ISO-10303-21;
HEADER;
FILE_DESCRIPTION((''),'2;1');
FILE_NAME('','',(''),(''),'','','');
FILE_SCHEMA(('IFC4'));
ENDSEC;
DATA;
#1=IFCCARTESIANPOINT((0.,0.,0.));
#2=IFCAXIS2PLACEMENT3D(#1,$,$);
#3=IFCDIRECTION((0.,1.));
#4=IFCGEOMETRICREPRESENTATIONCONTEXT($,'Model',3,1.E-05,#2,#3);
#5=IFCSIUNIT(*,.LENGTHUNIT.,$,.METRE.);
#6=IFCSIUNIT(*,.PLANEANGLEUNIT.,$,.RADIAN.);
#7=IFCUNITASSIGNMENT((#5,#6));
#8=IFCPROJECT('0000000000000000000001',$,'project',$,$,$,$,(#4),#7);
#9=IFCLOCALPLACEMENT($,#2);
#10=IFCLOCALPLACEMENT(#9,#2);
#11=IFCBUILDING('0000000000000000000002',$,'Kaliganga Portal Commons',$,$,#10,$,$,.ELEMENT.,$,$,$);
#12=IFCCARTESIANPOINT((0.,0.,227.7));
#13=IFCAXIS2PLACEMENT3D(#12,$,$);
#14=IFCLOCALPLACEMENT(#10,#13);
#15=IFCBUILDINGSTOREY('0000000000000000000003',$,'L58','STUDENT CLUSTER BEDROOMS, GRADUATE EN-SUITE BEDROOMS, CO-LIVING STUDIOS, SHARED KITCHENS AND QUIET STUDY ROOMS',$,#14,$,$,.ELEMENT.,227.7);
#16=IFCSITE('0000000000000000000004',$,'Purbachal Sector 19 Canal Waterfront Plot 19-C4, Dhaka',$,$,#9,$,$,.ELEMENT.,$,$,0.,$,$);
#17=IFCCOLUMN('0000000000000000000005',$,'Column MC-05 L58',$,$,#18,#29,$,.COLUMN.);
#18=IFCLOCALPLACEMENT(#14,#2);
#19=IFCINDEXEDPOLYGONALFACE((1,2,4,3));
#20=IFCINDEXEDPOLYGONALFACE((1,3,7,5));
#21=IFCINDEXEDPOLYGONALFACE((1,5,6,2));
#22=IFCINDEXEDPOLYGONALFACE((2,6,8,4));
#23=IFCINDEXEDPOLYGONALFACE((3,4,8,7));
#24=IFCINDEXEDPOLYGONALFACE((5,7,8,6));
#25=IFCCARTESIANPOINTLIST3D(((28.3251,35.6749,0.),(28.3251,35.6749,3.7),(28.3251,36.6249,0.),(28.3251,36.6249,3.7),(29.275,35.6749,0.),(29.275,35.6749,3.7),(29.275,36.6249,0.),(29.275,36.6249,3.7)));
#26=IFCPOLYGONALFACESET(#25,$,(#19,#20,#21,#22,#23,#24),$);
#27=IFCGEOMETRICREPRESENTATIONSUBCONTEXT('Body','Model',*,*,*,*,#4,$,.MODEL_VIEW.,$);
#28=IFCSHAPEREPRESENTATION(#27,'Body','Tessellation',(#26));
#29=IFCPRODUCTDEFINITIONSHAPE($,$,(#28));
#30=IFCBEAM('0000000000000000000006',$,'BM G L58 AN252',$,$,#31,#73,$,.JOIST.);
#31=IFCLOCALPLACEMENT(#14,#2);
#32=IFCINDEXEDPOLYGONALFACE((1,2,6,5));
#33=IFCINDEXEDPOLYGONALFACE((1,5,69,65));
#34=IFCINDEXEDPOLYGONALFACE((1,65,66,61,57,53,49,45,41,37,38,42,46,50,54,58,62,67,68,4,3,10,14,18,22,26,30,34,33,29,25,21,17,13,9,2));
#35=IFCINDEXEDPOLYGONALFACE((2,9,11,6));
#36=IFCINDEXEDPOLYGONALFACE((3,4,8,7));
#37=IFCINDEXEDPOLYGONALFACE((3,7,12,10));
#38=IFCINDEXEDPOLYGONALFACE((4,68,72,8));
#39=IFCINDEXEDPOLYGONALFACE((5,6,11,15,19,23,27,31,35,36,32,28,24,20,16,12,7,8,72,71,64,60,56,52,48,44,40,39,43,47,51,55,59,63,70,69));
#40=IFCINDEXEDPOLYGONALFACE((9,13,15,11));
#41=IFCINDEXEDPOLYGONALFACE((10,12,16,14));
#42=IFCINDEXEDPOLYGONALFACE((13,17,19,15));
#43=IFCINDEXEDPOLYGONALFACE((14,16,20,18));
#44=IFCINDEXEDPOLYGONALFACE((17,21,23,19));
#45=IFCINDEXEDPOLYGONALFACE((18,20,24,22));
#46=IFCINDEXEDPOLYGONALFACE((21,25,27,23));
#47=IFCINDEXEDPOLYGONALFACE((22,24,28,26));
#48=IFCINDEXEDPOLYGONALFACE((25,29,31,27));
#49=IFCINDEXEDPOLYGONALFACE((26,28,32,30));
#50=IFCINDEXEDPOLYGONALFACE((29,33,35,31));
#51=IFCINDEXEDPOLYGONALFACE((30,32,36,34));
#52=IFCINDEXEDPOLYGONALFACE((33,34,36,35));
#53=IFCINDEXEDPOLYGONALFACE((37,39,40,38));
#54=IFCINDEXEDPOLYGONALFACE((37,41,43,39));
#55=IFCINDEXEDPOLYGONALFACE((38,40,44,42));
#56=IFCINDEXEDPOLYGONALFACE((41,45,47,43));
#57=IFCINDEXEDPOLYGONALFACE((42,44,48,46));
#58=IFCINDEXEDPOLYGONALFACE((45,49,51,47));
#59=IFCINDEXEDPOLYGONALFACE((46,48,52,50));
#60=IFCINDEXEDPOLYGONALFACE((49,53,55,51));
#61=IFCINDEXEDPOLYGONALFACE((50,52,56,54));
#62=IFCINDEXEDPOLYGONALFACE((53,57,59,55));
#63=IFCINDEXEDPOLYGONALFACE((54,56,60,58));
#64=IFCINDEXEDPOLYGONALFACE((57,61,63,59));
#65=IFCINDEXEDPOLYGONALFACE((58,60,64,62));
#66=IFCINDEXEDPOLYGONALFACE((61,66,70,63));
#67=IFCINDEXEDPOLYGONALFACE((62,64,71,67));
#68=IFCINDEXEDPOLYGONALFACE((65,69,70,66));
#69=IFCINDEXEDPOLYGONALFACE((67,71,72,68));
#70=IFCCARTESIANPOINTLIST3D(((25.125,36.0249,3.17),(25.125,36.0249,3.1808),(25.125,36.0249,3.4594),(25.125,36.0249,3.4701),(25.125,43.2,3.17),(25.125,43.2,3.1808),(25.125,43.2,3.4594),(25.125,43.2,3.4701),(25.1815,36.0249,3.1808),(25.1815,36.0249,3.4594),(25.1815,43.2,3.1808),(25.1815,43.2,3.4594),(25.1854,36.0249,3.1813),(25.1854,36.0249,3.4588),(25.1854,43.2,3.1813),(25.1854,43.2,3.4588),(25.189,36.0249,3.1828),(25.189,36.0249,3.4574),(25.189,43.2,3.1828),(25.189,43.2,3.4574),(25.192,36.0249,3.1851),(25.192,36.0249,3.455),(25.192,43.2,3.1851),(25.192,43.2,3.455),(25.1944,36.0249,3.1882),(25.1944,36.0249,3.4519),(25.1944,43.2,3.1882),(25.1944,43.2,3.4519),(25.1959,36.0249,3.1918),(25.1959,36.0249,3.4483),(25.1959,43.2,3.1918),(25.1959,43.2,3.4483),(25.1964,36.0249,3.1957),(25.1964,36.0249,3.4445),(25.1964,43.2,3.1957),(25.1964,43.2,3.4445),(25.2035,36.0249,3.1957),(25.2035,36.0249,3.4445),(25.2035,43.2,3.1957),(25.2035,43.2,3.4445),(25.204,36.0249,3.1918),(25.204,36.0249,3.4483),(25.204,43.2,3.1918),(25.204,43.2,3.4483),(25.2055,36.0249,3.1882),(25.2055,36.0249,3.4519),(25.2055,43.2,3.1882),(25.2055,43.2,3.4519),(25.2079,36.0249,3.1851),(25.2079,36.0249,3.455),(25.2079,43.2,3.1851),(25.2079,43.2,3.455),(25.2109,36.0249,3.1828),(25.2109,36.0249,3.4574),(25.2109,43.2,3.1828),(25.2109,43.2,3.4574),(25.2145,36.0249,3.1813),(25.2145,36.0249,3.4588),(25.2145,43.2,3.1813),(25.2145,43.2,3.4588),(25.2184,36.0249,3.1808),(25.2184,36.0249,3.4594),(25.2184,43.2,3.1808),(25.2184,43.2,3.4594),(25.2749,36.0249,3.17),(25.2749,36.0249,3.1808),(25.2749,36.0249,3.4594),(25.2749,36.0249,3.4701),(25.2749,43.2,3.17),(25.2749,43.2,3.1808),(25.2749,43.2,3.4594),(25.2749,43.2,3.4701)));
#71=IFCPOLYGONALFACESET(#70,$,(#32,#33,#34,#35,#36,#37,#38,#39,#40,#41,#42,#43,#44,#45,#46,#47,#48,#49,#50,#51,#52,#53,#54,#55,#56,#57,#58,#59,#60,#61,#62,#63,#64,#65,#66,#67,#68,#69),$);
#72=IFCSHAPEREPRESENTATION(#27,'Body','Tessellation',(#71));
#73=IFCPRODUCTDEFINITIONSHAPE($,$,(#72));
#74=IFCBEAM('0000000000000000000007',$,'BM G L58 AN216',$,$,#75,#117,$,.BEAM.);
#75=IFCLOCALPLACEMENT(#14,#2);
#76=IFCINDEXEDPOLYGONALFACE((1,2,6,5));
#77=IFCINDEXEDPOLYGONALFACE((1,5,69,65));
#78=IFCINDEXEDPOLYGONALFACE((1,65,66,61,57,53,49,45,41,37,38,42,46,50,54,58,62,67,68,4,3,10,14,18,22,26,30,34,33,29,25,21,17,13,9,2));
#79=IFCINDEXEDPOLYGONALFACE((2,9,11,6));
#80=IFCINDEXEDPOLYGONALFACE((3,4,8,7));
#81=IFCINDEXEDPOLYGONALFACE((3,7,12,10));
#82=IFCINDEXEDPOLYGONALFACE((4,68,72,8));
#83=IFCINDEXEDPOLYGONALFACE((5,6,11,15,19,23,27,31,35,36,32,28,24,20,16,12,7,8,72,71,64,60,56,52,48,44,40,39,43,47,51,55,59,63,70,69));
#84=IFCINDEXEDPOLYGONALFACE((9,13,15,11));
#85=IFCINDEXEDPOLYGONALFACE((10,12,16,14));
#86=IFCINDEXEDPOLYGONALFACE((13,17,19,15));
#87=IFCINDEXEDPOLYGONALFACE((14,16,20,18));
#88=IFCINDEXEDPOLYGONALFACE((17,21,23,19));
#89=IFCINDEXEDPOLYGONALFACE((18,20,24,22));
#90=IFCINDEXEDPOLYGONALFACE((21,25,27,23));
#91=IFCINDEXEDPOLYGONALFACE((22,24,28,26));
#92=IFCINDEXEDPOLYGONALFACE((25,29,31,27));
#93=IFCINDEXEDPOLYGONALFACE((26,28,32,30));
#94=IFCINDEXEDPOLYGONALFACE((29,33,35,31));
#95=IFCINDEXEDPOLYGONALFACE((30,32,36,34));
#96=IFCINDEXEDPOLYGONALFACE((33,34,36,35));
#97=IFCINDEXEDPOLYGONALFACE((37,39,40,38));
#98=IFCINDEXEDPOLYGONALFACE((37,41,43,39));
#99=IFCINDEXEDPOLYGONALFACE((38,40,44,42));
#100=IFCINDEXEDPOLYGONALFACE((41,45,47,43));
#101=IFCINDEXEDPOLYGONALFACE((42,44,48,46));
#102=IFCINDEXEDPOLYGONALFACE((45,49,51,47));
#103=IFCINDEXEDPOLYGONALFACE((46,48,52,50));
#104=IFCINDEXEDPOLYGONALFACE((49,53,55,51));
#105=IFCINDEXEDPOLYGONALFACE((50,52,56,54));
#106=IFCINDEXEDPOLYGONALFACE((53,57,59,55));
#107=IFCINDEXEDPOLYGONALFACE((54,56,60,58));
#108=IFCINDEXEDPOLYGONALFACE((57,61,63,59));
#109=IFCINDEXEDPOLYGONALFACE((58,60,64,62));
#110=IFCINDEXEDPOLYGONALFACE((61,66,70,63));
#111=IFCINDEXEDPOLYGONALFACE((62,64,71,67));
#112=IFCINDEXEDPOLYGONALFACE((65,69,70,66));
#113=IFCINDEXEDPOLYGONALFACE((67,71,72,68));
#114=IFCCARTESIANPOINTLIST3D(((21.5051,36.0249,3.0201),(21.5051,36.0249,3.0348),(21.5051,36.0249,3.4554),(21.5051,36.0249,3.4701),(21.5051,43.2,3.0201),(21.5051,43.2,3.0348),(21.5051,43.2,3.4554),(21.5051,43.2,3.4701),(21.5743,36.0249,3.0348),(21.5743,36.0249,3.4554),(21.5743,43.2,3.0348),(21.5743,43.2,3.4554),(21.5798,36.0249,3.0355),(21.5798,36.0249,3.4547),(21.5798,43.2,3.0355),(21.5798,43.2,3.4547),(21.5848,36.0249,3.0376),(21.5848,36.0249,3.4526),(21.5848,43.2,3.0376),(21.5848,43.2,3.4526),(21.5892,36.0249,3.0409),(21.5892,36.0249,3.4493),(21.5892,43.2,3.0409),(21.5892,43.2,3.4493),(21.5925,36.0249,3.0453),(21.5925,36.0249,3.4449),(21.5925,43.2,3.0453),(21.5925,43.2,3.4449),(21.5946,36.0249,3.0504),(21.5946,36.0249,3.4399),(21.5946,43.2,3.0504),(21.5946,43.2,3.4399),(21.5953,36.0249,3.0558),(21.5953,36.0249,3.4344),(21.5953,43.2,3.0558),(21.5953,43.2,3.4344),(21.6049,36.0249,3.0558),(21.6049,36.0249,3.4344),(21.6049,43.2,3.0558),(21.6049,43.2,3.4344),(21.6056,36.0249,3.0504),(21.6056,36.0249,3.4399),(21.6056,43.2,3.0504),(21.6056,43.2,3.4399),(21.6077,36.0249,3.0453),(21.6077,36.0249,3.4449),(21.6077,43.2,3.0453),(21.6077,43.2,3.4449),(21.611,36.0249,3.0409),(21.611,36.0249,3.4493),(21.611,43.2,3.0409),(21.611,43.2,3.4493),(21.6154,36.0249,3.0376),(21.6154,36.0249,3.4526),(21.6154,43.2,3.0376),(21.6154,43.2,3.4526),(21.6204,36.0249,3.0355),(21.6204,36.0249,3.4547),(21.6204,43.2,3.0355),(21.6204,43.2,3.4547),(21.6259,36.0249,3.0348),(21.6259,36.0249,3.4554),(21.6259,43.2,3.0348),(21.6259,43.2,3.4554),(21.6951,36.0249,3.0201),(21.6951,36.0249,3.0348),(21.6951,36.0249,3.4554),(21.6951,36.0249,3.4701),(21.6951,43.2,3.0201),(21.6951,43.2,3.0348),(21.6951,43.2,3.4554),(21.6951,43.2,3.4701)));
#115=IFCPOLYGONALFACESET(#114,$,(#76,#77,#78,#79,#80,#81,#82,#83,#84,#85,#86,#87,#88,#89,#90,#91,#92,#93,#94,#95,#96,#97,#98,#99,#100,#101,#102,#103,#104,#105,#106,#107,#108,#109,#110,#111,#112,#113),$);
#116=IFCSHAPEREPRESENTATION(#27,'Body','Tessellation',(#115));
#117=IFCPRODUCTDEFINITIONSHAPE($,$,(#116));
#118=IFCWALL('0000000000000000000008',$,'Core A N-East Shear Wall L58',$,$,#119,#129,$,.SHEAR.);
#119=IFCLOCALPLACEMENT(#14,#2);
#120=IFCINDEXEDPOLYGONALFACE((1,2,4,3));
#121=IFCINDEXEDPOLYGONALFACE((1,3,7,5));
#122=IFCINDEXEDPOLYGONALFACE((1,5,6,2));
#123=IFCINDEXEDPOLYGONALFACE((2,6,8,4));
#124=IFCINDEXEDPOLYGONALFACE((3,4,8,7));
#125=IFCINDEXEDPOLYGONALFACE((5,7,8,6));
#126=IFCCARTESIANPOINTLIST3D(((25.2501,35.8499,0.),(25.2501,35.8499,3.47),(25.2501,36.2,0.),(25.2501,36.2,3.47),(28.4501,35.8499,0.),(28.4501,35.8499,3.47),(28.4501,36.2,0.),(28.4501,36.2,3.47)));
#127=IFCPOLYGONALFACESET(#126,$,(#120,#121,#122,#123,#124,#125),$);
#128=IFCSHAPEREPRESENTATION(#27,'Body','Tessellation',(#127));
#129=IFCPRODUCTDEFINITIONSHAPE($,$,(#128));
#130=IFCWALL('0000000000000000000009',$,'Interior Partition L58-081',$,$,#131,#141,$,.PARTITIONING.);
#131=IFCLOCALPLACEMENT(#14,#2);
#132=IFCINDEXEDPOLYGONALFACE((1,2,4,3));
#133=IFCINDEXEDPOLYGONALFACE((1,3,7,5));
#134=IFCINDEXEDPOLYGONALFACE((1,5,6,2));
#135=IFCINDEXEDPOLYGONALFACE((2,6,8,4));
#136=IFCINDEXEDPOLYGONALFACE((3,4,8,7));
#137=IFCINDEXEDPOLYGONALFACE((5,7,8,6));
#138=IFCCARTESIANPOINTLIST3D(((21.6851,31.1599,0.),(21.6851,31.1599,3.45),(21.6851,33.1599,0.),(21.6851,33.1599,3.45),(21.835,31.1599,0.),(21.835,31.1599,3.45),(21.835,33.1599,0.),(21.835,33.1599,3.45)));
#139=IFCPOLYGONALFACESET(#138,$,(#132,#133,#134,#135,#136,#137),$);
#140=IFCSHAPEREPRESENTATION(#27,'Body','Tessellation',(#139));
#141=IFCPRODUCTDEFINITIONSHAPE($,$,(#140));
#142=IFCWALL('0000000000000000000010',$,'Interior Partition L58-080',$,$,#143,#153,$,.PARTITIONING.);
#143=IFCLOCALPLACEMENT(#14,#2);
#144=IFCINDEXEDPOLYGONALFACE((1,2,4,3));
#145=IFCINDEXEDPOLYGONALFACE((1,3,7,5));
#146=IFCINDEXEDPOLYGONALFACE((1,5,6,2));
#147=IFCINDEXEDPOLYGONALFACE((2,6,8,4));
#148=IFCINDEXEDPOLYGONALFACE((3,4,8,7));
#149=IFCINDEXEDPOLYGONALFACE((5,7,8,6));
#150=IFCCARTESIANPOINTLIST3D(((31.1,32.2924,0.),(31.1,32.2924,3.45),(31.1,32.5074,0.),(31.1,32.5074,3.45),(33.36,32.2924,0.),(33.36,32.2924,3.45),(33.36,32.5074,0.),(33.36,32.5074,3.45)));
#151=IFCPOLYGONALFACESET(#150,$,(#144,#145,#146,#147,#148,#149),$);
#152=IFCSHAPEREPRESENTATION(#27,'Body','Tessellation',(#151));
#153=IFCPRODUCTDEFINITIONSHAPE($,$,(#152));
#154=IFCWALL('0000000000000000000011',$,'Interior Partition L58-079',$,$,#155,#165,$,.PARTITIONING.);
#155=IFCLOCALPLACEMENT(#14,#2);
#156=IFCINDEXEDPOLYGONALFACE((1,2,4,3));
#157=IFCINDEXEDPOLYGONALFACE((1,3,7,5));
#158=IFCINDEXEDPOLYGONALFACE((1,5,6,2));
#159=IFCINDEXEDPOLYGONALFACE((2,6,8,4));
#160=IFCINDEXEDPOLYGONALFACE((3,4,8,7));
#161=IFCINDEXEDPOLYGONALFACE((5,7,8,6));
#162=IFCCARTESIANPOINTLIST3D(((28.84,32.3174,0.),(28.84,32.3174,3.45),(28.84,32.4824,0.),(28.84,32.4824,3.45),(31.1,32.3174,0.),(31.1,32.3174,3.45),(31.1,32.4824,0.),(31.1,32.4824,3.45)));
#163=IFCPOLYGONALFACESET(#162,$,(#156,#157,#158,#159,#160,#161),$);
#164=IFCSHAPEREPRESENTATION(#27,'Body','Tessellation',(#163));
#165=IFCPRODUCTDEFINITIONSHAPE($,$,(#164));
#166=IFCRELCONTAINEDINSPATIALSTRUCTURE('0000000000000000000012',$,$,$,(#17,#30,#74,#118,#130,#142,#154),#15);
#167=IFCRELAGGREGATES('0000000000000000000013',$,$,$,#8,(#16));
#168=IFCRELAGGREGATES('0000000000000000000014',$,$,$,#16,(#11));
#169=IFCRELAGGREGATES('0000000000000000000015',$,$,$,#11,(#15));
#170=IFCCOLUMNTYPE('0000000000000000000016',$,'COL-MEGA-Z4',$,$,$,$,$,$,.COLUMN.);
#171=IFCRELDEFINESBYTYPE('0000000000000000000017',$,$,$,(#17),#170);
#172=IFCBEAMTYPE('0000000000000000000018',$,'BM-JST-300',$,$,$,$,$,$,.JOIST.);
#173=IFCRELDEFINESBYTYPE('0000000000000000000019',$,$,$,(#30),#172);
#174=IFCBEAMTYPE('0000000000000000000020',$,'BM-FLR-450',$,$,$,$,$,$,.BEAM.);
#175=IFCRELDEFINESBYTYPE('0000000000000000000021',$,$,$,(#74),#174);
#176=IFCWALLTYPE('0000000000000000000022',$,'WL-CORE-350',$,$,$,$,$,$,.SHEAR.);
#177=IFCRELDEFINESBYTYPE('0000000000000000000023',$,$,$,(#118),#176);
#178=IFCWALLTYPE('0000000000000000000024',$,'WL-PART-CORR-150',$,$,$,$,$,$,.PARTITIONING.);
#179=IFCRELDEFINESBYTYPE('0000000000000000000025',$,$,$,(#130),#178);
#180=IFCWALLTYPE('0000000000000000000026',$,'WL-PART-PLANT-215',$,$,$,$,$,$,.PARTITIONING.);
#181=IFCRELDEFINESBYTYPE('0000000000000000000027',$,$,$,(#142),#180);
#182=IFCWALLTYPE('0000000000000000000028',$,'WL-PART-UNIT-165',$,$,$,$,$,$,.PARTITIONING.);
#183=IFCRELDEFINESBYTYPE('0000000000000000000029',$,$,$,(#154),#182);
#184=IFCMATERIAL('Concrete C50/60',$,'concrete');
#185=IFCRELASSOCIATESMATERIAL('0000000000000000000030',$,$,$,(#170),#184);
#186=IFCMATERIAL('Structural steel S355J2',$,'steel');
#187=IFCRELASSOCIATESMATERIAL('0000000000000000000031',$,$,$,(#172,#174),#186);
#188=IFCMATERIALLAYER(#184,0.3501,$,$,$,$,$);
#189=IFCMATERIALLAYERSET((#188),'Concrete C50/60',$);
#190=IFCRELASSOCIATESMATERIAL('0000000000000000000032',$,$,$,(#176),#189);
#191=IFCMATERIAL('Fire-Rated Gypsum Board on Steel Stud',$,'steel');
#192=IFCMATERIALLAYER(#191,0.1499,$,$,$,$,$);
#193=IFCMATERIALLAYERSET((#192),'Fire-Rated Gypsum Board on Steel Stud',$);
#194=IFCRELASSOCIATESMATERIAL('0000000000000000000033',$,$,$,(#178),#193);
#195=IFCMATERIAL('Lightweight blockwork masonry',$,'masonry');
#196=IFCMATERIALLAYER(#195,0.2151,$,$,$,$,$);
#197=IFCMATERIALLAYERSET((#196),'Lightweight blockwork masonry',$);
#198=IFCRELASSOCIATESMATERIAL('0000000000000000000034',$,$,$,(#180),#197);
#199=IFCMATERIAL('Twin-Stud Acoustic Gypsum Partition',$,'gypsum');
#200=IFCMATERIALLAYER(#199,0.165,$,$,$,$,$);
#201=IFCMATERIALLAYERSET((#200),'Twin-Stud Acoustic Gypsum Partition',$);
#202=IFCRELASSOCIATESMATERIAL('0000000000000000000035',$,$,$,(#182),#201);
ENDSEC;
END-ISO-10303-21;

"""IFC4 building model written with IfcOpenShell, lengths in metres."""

from ifc_helpers import new_model, si_unit, direction, frame, frame_2d, origin, origin_2d, place, context, subcontext, project, spatial, rectangle, i_section, extrude, source, transform, mapped, material, layer, layer_set, material_profile, profile_set, type_object, element, save


model = new_model("IFC4")

# Units and contexts
model_context = context("Model", 3, precision=1e-05, world=origin(), true_north=direction((0.0, 1.0)))
body_context = subcontext(model_context, "Body", "Model", "MODEL_VIEW")
ifc_project = project(units=[si_unit("LENGTHUNIT", "METRE"), si_unit("PLANEANGLEUNIT", "RADIAN")], contexts=[model_context])

# Site, building, storey
site_placement = place(None, origin())
site = spatial("IfcSite", under=ifc_project, at=site_placement, Name="Purbachal Sector 19 Canal Waterfront Plot 19-C4, Dhaka", CompositionType="ELEMENT", RefElevation=0.0)
building_placement = place(site_placement, origin())
building = spatial("IfcBuilding", under=site, at=building_placement, Name="Kaliganga Portal Commons", CompositionType="ELEMENT")
storey_placement = place(building_placement, frame((0.0, 0.0, 227.7)))
storey = spatial("IfcBuildingStorey", under=building, at=storey_placement, Name="L58", Description="STUDENT CLUSTER BEDROOMS, GRADUATE EN-SUITE BEDROOMS, CO-LIVING STUDIOS, SHARED KITCHENS AND QUIET STUDY ROOMS", CompositionType="ELEMENT", Elevation=227.7)

# Column
ifc_material_1 = material(Name="Concrete C50/60", Category="concrete")
ifc_material_profile_1 = material_profile(ifc_material_1, rectangle(XDim=0.95, YDim=0.95, at=origin_2d()), Name="RC 950x950")
ifc_profile_set_1 = profile_set([ifc_material_profile_1], Name="Concrete C50/60")
column_type = type_object("IfcColumnType", Name="COL-MEGA-Z4", PredefinedType="COLUMN", material=ifc_profile_set_1)
shared_shape_1 = source(origin(), body_context, "Body", "SweptSolid", [
    extrude(rectangle(XDim=0.95, YDim=0.95, at=origin_2d()), origin(), (0.0, 0.0, 1.0), 3.7),
])
column_placement = place(storey_placement, frame((28.8, 36.1499, 0.0), z_axis=(0.0, 0.0, 1.0), x_axis=(1.0, 0.0, 0.0)))
element("IfcColumn", 1, at=column_placement, inside=storey, type_object=column_type, Name="Column MC-05 L58", PredefinedType="COLUMN", context=body_context, shape_type="MappedRepresentation", body=[
    mapped(shared_shape_1, transform((0.0, 0.0, 0.0), x_axis=(1.0, 0.0, 0.0), y_axis=(0.0, 1.0, 0.0), z_axis=(0.0, 0.0, 1.0), scale=1.0)),
])

# Beams
ifc_material_2 = material(Name="Structural steel S355J2", Category="steel")
ifc_material_profile_2 = material_profile(ifc_material_2, i_section(OverallWidth=0.1499, OverallDepth=0.3, WebThickness=0.0071, FlangeThickness=0.0107, FilletRadius=0.0149, at=origin_2d()), Name="IPE 300")
ifc_profile_set_2 = profile_set([ifc_material_profile_2], Name="Structural steel S355J2 wide-flange")
beam_type_1 = type_object("IfcBeamType", Name="BM-JST-300", PredefinedType="JOIST", material=ifc_profile_set_2)
shared_shape_2 = source(origin(), body_context, "Body", "SweptSolid", [
    extrude(i_section(OverallWidth=0.1499, OverallDepth=0.3, WebThickness=0.0071, FlangeThickness=0.0107, FilletRadius=0.0149, at=origin_2d()), origin(), (0.0, 0.0, 1.0), 7.175),
])
beam_1_placement = place(storey_placement, frame((25.2, 36.0249, 3.3201), z_axis=(0.0, 1.0, 0.0), x_axis=(-1.0, 0.0, 0.0)))
element("IfcBeam", 2, at=beam_1_placement, inside=storey, type_object=beam_type_1, Name="BM G L58 AN252", PredefinedType="JOIST", context=body_context, shape_type="MappedRepresentation", body=[
    mapped(shared_shape_2, transform((0.0, 0.0, 0.0), x_axis=(1.0, 0.0, 0.0), y_axis=(0.0, 1.0, 0.0), z_axis=(0.0, 0.0, 1.0), scale=1.0)),
])
ifc_material_profile_3 = material_profile(ifc_material_2, i_section(OverallWidth=0.1899, OverallDepth=0.45, WebThickness=0.0095, FlangeThickness=0.0146, FilletRadius=0.021, at=origin_2d()), Name="IPE 450")
ifc_profile_set_3 = profile_set([ifc_material_profile_3], Name="Structural steel S355J2 wide-flange")
beam_type_2 = type_object("IfcBeamType", Name="BM-FLR-450", PredefinedType="BEAM", material=ifc_profile_set_3)
shared_shape_3 = source(origin(), body_context, "Body", "SweptSolid", [
    extrude(i_section(OverallWidth=0.1899, OverallDepth=0.45, WebThickness=0.0095, FlangeThickness=0.0146, FilletRadius=0.021, at=origin_2d()), origin(), (0.0, 0.0, 1.0), 7.175),
])
beam_2_placement = place(storey_placement, frame((21.6001, 36.0249, 3.2451), z_axis=(0.0, 1.0, 0.0), x_axis=(-1.0, 0.0, 0.0)))
element("IfcBeam", 3, at=beam_2_placement, inside=storey, type_object=beam_type_2, Name="BM G L58 AN216", PredefinedType="BEAM", context=body_context, shape_type="MappedRepresentation", body=[
    mapped(shared_shape_3, transform((0.0, 0.0, 0.0), x_axis=(1.0, 0.0, 0.0), y_axis=(0.0, 1.0, 0.0), z_axis=(0.0, 0.0, 1.0), scale=1.0)),
])

# Walls
ifc_layer_1 = layer(ifc_material_1, 0.3501)
ifc_layer_set_1 = layer_set([ifc_layer_1], Name="Concrete C50/60")
wall_type_1 = type_object("IfcWallType", Name="WL-CORE-350", PredefinedType="SHEAR", material=ifc_layer_set_1)
wall_1_placement = place(storey_placement, frame((25.25, 36.0249, 0.0), z_axis=(0.0, 0.0, 1.0), x_axis=(1.0, 0.0, 0.0)))
element("IfcWall", 4, at=wall_1_placement, inside=storey, type_object=wall_type_1, Name="Core A N-East Shear Wall L58", PredefinedType="SHEAR", context=body_context, shape_type="SweptSolid", body=[
    extrude(rectangle(XDim=3.2, YDim=0.3501, at=frame_2d((1.6001, 0.0))), origin(), (0.0, 0.0, 1.0), 3.47),
])
ifc_material_3 = material(Name="Fire-Rated Gypsum Board on Steel Stud", Category="steel")
ifc_layer_2 = layer(ifc_material_3, 0.1499)
ifc_layer_set_2 = layer_set([ifc_layer_2], Name="Fire-Rated Gypsum Board on Steel Stud")
wall_type_2 = type_object("IfcWallType", Name="WL-PART-CORR-150", PredefinedType="PARTITIONING", material=ifc_layer_set_2)
wall_2_placement = place(storey_placement, frame((21.76, 31.1599, 0.0), z_axis=(0.0, 0.0, 1.0), x_axis=(0.0, 1.0, 0.0)))
element("IfcWall", 5, at=wall_2_placement, inside=storey, type_object=wall_type_2, Name="Interior Partition L58-081", PredefinedType="PARTITIONING", context=body_context, shape_type="SweptSolid", body=[
    extrude(rectangle(XDim=2.0, YDim=0.1499, at=frame_2d((1.0, 0.0))), origin(), (0.0, 0.0, 1.0), 3.45),
])
ifc_material_4 = material(Name="Lightweight blockwork masonry", Category="masonry")
ifc_layer_3 = layer(ifc_material_4, 0.2151)
ifc_layer_set_3 = layer_set([ifc_layer_3], Name="Lightweight blockwork masonry")
wall_type_3 = type_object("IfcWallType", Name="WL-PART-PLANT-215", PredefinedType="PARTITIONING", material=ifc_layer_set_3)
wall_3_placement = place(storey_placement, frame((31.1001, 32.3999, 0.0), z_axis=(0.0, 0.0, 1.0), x_axis=(1.0, 0.0, 0.0)))
element("IfcWall", 6, at=wall_3_placement, inside=storey, type_object=wall_type_3, Name="Interior Partition L58-080", PredefinedType="PARTITIONING", context=body_context, shape_type="SweptSolid", body=[
    extrude(rectangle(XDim=2.26, YDim=0.2151, at=frame_2d((1.1299, 0.0))), origin(), (0.0, 0.0, 1.0), 3.45),
])
ifc_material_5 = material(Name="Twin-Stud Acoustic Gypsum Partition", Category="gypsum")
ifc_layer_4 = layer(ifc_material_5, 0.165)
ifc_layer_set_4 = layer_set([ifc_layer_4], Name="Twin-Stud Acoustic Gypsum Partition")
wall_type_4 = type_object("IfcWallType", Name="WL-PART-UNIT-165", PredefinedType="PARTITIONING", material=ifc_layer_set_4)
wall_4_placement = place(storey_placement, frame((28.8401, 32.3999, 0.0), z_axis=(0.0, 0.0, 1.0), x_axis=(1.0, 0.0, 0.0)))
element("IfcWall", 7, at=wall_4_placement, inside=storey, type_object=wall_type_4, Name="Interior Partition L58-079", PredefinedType="PARTITIONING", context=body_context, shape_type="SweptSolid", body=[
    extrude(rectangle(XDim=2.26, YDim=0.165, at=frame_2d((1.1299, 0.0))), origin(), (0.0, 0.0, 1.0), 3.45),
])

save(model, "model.ifc")
